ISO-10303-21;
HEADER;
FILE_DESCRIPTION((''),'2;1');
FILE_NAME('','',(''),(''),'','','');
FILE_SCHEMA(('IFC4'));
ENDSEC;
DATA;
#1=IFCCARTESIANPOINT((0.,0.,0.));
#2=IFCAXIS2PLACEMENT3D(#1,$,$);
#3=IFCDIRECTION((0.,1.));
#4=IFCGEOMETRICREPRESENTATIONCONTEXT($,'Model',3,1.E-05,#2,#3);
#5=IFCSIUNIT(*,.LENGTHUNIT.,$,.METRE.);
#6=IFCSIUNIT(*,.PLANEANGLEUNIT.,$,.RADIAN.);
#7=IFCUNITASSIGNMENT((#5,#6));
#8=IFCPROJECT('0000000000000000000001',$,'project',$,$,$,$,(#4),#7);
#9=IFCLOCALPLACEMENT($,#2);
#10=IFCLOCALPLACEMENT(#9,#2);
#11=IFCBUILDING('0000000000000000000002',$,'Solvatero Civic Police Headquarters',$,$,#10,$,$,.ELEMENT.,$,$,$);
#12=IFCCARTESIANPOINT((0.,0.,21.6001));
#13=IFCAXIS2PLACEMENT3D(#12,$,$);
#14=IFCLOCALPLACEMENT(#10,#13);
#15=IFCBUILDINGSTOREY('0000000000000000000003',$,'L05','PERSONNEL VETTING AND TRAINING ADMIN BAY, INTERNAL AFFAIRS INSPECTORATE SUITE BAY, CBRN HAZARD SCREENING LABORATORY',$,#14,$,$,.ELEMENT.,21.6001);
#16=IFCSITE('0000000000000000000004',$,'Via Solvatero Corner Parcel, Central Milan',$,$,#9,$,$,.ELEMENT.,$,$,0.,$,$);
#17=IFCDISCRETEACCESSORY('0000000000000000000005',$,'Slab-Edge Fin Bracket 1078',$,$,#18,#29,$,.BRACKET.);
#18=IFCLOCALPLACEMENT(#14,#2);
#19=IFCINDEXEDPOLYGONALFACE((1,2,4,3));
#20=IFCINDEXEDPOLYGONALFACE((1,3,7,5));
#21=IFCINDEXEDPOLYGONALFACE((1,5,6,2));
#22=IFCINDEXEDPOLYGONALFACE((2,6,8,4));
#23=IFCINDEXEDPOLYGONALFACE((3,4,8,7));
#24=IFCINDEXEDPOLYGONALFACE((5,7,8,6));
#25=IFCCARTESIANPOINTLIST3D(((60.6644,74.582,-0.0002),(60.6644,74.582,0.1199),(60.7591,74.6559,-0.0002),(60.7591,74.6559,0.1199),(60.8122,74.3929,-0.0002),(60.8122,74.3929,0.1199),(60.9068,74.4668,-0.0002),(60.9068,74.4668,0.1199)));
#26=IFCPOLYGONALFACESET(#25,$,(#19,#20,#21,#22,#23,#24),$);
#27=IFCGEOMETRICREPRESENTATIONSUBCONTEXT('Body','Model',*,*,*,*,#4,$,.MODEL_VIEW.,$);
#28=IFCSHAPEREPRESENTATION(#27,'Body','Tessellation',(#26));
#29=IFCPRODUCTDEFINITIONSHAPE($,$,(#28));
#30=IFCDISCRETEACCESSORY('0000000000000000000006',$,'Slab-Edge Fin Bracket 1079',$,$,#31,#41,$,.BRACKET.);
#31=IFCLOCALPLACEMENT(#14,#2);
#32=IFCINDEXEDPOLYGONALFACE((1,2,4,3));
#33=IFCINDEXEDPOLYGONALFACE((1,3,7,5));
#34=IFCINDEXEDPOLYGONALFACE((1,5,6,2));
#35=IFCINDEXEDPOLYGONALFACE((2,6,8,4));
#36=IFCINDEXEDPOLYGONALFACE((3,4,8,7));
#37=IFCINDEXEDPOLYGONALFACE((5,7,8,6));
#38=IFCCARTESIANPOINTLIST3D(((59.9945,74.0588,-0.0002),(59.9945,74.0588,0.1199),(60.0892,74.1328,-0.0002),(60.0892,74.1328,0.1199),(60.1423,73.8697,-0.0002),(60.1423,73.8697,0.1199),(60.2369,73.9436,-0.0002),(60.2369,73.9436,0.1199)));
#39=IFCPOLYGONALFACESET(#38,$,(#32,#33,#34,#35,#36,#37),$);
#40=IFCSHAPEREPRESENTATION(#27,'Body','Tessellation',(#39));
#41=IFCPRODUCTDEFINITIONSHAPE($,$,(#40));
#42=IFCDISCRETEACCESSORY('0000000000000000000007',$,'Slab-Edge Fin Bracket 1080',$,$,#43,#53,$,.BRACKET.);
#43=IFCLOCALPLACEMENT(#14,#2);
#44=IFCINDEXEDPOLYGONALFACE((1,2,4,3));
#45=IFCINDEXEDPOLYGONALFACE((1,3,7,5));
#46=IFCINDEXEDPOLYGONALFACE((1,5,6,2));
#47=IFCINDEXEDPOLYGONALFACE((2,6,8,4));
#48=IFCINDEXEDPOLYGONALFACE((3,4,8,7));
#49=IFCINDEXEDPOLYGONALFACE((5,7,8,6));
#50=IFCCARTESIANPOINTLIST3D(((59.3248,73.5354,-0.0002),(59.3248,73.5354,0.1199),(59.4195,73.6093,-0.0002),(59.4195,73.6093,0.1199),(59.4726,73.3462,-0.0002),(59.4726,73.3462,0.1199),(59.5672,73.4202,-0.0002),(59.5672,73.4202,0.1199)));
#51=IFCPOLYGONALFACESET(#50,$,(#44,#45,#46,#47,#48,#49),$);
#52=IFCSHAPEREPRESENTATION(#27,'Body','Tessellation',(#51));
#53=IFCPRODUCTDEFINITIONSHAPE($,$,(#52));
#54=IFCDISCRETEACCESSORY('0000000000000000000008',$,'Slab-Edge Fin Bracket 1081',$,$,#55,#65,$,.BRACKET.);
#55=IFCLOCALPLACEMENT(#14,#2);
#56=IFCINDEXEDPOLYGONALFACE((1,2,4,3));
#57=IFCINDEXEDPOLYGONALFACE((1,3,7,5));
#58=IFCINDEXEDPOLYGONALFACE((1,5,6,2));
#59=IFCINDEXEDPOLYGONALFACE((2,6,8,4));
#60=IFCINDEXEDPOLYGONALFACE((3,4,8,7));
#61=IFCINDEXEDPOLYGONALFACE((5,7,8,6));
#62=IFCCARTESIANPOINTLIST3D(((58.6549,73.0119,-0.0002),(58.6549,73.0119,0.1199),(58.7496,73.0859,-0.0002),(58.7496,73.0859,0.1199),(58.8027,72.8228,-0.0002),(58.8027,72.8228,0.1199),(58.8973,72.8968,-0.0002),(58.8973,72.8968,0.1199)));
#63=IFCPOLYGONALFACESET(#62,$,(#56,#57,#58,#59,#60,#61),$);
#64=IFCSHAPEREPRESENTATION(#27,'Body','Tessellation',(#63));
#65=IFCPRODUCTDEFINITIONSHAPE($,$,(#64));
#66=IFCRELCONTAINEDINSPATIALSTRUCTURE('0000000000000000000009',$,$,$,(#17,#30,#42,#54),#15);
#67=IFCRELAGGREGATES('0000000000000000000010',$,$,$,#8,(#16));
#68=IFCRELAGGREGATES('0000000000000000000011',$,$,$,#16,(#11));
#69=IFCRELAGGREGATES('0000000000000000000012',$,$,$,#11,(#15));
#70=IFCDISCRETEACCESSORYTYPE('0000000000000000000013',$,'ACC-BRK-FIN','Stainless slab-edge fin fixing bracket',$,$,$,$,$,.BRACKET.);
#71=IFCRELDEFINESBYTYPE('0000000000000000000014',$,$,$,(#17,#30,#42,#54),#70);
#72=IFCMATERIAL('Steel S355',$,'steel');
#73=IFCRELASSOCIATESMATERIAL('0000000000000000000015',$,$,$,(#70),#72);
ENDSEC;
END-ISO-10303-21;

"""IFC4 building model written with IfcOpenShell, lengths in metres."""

from ifc_helpers import new_model, si_unit, direction, frame, origin, origin_2d, place, context, subcontext, project, spatial, rectangle, extrude, material, type_object, element, save


model = new_model("IFC4")

# Units and contexts
model_context = context("Model", 3, precision=1e-05, world=origin(), true_north=direction((0.0, 1.0)))
body_context = subcontext(model_context, "Body", "Model", "MODEL_VIEW")
ifc_project = project(units=[si_unit("LENGTHUNIT", "METRE"), si_unit("PLANEANGLEUNIT", "RADIAN")], contexts=[model_context])

# Site, building, storey
site_placement = place(None, origin())
site = spatial("IfcSite", under=ifc_project, at=site_placement, Name="Via Solvatero Corner Parcel, Central Milan", CompositionType="ELEMENT", RefElevation=0.0)
building_placement = place(site_placement, origin())
building = spatial("IfcBuilding", under=site, at=building_placement, Name="Solvatero Civic Police Headquarters", CompositionType="ELEMENT")
storey_placement = place(building_placement, frame((0.0, 0.0, 21.6001)))
storey = spatial("IfcBuildingStorey", under=building, at=storey_placement, Name="L05", Description="PERSONNEL VETTING AND TRAINING ADMIN BAY, INTERNAL AFFAIRS INSPECTORATE SUITE BAY, CBRN HAZARD SCREENING LABORATORY", CompositionType="ELEMENT", Elevation=21.6001)

# Shared definitions
ifc_material_1 = material(Name="Steel S355", Category="steel")

# Discrete accessories
discrete_accessory_type = type_object("IfcDiscreteAccessoryType", Name="ACC-BRK-FIN", Description="Stainless slab-edge fin fixing bracket", PredefinedType="BRACKET", material=ifc_material_1)
for number, where, z_axis, x_axis, name in (
    (1, (60.7856, 74.5244, -0.0002), (0.0, 0.0, 1.0), (-0.788011, -0.615661, 0.0), "Slab-Edge Fin Bracket 1078"),
    (2, (60.1157, 74.0012, -0.0002), (0.0, 0.0, 1.0), (-0.788011, -0.615661, 0.0), "Slab-Edge Fin Bracket 1079"),
    (3, (59.446, 73.4778, -0.0002), (0.0, 0.0, 1.0), (-0.788011, -0.615661, 0.0), "Slab-Edge Fin Bracket 1080"),
    (4, (58.7761, 72.9543, -0.0002), (0.0, 0.0, 1.0), (-0.788011, -0.615661, 0.0), "Slab-Edge Fin Bracket 1081"),
):
    element("IfcDiscreteAccessory", number, at=place(storey_placement, frame(where, z_axis=z_axis, x_axis=x_axis)), inside=storey, type_object=discrete_accessory_type, Name=name, PredefinedType="BRACKET", context=body_context, shape_type="SweptSolid", body=[
        extrude(rectangle(XDim=0.1201, YDim=0.24, at=origin_2d()), origin(), (0.0, 0.0, 1.0), 0.1201),
    ])

save(model, "model.ifc")
